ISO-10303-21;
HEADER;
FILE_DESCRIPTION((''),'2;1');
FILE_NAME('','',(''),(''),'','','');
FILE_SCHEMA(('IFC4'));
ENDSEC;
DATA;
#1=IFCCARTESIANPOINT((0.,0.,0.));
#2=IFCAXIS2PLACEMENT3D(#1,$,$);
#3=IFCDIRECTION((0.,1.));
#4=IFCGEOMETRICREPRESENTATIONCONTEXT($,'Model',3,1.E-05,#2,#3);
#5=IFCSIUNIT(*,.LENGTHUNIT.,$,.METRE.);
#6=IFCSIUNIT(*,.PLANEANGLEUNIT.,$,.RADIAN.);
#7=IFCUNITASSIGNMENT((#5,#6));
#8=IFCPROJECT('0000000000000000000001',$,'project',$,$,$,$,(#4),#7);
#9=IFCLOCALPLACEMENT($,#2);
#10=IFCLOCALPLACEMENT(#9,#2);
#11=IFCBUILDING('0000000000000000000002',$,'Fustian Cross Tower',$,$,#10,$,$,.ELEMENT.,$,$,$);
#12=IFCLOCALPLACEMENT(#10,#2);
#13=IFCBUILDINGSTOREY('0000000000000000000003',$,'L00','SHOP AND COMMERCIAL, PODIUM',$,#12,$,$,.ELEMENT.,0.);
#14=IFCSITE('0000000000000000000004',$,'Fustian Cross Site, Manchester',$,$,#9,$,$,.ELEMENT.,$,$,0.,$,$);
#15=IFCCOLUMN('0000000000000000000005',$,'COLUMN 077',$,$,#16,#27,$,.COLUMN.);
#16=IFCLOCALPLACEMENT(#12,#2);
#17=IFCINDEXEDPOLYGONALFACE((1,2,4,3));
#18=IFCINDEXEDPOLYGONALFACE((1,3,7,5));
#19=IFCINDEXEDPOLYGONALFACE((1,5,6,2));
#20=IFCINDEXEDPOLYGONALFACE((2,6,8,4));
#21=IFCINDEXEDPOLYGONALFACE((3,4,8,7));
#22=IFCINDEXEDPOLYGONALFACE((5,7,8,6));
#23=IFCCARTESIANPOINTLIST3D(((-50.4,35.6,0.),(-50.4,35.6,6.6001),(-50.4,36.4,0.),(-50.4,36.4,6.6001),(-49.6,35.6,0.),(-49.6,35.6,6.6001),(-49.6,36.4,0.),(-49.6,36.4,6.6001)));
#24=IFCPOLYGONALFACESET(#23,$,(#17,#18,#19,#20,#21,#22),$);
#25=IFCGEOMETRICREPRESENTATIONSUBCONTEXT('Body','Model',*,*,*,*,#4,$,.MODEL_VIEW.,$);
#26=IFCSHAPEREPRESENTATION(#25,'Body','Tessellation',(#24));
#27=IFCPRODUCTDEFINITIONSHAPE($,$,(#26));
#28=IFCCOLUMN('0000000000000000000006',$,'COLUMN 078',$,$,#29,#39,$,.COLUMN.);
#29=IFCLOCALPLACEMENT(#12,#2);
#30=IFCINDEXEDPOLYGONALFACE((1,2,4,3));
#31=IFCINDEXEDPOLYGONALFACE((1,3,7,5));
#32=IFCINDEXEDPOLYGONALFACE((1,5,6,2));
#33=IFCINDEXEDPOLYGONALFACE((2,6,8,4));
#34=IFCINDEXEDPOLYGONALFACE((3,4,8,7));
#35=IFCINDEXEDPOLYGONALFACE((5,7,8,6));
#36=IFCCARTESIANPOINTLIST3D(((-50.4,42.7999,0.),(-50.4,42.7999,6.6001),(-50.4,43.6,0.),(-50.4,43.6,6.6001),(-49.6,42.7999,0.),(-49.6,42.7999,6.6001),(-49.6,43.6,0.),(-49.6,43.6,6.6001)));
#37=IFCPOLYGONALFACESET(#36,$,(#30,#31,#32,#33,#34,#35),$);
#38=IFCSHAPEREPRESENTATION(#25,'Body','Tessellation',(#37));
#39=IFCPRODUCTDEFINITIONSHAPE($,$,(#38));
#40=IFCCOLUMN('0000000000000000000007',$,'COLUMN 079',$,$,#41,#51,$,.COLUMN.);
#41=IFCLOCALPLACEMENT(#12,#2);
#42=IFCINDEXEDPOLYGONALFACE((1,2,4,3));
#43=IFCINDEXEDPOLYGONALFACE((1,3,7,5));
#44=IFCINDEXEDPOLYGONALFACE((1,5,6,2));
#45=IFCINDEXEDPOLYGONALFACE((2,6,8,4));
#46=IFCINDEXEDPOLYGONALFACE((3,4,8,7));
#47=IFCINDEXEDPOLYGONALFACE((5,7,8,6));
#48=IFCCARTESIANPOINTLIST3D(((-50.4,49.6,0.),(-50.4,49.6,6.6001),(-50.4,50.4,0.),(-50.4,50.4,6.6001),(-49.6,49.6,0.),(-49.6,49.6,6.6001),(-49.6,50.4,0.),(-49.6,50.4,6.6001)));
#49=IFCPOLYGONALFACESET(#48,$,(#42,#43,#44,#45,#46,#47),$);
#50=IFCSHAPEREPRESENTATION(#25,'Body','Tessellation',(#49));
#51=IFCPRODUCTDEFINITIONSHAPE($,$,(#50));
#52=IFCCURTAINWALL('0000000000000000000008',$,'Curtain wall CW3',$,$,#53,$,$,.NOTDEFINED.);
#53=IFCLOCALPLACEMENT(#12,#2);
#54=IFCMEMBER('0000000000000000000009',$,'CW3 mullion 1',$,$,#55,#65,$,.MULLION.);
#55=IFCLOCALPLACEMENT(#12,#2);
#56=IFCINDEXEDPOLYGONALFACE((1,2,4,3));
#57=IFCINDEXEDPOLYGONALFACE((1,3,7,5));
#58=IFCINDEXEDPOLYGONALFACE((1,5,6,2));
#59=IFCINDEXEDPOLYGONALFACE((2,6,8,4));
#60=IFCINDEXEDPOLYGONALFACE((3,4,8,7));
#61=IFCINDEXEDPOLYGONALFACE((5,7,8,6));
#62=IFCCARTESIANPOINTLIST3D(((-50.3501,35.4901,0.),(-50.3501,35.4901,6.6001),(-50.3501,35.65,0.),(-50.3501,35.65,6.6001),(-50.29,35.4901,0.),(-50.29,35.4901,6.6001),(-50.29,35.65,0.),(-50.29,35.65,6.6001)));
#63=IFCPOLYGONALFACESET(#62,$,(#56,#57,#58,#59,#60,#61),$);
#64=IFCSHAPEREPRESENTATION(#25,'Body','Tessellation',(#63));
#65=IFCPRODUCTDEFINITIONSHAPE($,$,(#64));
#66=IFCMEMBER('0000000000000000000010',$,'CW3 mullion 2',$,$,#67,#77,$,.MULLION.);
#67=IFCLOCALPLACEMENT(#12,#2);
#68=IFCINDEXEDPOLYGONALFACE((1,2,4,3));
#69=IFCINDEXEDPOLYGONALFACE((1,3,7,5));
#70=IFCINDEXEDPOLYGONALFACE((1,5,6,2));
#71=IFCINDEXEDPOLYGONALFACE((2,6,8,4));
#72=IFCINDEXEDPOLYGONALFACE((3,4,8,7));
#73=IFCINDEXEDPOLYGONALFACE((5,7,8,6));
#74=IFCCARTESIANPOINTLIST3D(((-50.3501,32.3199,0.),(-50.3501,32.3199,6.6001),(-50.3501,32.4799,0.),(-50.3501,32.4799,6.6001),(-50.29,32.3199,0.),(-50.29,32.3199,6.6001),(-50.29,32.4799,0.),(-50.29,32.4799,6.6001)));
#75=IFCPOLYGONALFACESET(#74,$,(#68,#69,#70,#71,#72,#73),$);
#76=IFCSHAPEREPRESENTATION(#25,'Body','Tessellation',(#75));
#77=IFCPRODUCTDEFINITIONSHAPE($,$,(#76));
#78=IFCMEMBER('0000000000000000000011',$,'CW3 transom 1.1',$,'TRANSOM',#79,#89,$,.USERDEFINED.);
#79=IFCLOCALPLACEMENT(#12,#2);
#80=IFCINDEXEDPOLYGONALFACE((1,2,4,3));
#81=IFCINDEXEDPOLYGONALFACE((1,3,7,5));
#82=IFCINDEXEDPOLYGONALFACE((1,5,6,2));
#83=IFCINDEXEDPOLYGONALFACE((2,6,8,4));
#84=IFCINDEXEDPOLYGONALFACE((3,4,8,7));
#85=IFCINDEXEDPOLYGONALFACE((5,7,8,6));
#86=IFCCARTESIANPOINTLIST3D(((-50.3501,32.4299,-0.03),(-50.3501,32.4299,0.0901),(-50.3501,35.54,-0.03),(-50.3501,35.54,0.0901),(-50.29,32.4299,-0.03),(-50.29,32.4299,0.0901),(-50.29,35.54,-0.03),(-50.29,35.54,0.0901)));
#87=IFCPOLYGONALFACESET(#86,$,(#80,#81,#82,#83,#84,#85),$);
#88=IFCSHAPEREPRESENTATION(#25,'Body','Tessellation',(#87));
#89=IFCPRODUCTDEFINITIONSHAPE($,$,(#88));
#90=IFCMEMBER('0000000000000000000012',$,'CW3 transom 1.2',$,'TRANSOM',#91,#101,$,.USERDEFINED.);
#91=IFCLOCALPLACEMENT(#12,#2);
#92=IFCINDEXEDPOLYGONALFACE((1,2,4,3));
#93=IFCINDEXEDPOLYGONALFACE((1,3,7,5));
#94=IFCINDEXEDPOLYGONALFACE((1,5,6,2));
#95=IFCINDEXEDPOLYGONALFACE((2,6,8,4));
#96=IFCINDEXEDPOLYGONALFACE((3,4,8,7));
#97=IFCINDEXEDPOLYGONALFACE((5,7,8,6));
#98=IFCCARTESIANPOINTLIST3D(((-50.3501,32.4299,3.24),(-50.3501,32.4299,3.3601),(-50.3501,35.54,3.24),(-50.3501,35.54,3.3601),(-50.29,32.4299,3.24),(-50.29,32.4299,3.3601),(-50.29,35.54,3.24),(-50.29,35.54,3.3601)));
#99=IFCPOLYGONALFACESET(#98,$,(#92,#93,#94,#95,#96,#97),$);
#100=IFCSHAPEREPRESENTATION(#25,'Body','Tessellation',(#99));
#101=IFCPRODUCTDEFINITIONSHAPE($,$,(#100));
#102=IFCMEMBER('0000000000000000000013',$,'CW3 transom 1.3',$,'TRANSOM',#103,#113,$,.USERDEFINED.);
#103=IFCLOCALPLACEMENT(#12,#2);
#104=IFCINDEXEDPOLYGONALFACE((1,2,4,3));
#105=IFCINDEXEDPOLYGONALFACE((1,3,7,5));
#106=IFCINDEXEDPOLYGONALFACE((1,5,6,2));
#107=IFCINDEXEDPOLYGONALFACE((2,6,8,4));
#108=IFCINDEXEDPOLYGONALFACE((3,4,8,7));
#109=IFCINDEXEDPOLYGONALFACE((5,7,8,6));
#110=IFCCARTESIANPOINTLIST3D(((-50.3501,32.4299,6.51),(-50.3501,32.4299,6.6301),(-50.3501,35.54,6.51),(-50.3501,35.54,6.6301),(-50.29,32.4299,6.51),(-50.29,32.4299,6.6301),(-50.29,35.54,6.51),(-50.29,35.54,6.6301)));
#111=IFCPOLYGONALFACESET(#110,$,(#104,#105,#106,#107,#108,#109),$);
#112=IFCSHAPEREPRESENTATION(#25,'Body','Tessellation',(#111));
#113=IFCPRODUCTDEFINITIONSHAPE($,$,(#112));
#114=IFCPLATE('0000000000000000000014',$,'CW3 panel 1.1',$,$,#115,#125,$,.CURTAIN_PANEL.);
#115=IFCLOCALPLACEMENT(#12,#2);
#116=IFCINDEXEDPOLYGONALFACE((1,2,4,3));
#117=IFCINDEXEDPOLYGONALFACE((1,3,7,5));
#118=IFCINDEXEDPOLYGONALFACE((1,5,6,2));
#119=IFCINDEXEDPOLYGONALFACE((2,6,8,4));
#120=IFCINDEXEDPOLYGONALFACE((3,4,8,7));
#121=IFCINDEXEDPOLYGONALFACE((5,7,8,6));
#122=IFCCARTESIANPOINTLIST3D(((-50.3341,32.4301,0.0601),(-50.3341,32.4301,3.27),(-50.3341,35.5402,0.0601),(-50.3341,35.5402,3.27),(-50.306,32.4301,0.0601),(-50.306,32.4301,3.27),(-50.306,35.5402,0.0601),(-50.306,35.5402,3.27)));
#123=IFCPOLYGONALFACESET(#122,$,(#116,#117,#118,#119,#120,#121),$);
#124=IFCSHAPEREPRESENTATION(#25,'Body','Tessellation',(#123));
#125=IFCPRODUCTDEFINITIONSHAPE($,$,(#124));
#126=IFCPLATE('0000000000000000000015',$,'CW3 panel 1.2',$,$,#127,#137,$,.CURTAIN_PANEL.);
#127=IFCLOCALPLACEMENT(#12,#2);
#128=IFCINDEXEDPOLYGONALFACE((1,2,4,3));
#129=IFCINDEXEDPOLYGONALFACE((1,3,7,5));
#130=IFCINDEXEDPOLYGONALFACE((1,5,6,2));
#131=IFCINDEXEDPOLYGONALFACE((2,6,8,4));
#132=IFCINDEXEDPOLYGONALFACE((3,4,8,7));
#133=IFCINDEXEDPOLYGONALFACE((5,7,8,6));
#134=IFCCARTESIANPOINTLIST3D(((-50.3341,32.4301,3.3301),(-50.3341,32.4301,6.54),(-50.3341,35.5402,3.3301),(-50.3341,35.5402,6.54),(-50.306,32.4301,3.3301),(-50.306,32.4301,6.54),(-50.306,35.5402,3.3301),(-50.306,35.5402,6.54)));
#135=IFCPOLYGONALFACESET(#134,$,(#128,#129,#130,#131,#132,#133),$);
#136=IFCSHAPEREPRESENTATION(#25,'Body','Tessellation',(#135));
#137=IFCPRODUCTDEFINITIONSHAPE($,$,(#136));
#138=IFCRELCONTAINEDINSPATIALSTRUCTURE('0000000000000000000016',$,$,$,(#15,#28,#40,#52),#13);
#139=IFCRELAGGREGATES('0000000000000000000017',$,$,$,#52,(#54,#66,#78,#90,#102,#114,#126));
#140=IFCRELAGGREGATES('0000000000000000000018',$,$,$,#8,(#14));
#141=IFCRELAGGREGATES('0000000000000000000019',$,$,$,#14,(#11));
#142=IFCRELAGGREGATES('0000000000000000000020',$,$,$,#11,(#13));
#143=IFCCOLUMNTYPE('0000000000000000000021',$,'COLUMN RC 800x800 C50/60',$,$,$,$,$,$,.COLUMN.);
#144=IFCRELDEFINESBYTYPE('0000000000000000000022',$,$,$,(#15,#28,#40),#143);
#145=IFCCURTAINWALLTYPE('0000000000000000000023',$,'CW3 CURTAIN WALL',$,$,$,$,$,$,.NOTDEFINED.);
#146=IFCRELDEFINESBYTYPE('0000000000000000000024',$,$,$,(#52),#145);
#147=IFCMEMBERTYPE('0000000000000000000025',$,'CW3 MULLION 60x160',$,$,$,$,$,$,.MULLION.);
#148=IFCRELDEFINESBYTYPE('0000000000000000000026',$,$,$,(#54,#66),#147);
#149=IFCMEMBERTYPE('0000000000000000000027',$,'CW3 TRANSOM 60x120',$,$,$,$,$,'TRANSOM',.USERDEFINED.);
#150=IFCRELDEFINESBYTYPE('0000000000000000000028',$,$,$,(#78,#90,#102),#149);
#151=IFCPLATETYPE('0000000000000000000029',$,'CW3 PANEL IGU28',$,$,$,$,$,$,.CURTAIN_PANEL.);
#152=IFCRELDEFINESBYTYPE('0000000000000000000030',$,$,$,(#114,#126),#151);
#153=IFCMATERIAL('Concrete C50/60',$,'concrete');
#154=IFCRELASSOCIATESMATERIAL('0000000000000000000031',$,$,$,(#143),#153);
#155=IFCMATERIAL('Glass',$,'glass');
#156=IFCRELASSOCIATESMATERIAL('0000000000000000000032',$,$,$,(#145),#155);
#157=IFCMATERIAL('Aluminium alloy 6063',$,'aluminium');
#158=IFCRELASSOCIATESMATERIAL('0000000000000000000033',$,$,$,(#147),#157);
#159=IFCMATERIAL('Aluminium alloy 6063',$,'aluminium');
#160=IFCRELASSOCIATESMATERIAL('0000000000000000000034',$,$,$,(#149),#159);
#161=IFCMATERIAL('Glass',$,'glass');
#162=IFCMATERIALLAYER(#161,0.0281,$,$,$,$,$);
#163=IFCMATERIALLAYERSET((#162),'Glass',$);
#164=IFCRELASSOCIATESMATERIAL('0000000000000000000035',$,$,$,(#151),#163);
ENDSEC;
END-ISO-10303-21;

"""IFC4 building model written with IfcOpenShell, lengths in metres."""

from ifc_helpers import new_model, si_unit, direction, frame, origin, origin_2d, place, context, subcontext, project, spatial, rectangle, extrude, material, layer, layer_set, material_profile, profile_set, type_object, element, aggregate, save


model = new_model("IFC4")

# Units and contexts
model_context = context("Model", 3, precision=1e-05, world=origin(), true_north=direction((0.0, 1.0)))
body_context = subcontext(model_context, "Body", "Model", "MODEL_VIEW")
ifc_project = project(units=[si_unit("LENGTHUNIT", "METRE"), si_unit("PLANEANGLEUNIT", "RADIAN")], contexts=[model_context])

# Site, building, storey
site_placement = place(None, origin())
site = spatial("IfcSite", under=ifc_project, at=site_placement, Name="Fustian Cross Site, Manchester", CompositionType="ELEMENT", RefElevation=0.0)
building_placement = place(site_placement, origin())
building = spatial("IfcBuilding", under=site, at=building_placement, Name="Fustian Cross Tower", CompositionType="ELEMENT")
storey_placement = place(building_placement, origin())
storey = spatial("IfcBuildingStorey", under=building, at=storey_placement, Name="L00", Description="SHOP AND COMMERCIAL, PODIUM", CompositionType="ELEMENT", Elevation=0.0)

# Columns
ifc_material_1 = material(Name="Concrete C50/60", Category="concrete")
ifc_material_profile_1 = material_profile(ifc_material_1, rectangle(XDim=0.8, YDim=0.8, at=origin_2d()), Name="RC 800x800")
ifc_profile_set_1 = profile_set([ifc_material_profile_1], Name="Concrete C50/60")
column_type = type_object("IfcColumnType", Name="COLUMN RC 800x800 C50/60", PredefinedType="COLUMN", material=ifc_profile_set_1)
for number, where, z_axis, x_axis, name in (
    (1, (-50.0, 36.0, 0.0), (0.0, 0.0, 1.0), (1.0, 0.0, 0.0), "COLUMN 077"),
    (2, (-50.0, 43.2, 0.0), (0.0, 0.0, 1.0), (1.0, 0.0, 0.0), "COLUMN 078"),
    (3, (-50.0, 50.0, 0.0), (0.0, 0.0, 1.0), (1.0, 0.0, 0.0), "COLUMN 079"),
):
    element("IfcColumn", number, at=place(storey_placement, frame(where, z_axis=z_axis, x_axis=x_axis)), inside=storey, type_object=column_type, Name=name, PredefinedType="COLUMN", context=body_context, shape_type="SweptSolid", body=[
        extrude(rectangle(XDim=0.8, YDim=0.8, at=origin_2d()), origin(), (0.0, 0.0, 1.0), 6.6001),
    ])

# Curtain wall, members, plates
ifc_material_2 = material(Name="Glass", Category="glass")
curtain_wall_type = type_object("IfcCurtainWallType", Name="CW3 CURTAIN WALL", PredefinedType="NOTDEFINED", material=ifc_material_2)
curtain_wall_placement = place(storey_placement, origin())
curtain_wall = element("IfcCurtainWall", 4, at=curtain_wall_placement, inside=storey, type_object=curtain_wall_type, Name="Curtain wall CW3", PredefinedType="NOTDEFINED")
ifc_material_3 = material(Name="Aluminium alloy 6063", Category="aluminium")
ifc_material_profile_2 = material_profile(ifc_material_3, rectangle(XDim=0.0601, YDim=0.1599, at=origin_2d()), Name="CW3 MULLION 60x160")
ifc_profile_set_2 = profile_set([ifc_material_profile_2], Name="Aluminium alloy 6063")
member_type_1 = type_object("IfcMemberType", Name="CW3 MULLION 60x160", PredefinedType="MULLION", material=ifc_profile_set_2)
member_1_placement = place(storey_placement, frame((-50.3201, 35.5701, 0.0), z_axis=(0.0, 0.0, 1.0), x_axis=(1.0, 0.0, 0.0)))
member_1 = element("IfcMember", 5, at=member_1_placement, type_object=member_type_1, Name="CW3 mullion 1", PredefinedType="MULLION", context=body_context, shape_type="SweptSolid", body=[
    extrude(rectangle(XDim=0.0601, YDim=0.1599, at=origin_2d()), origin(), (0.0, 0.0, 1.0), 6.6001),
])
member_2_placement = place(storey_placement, frame((-50.3201, 32.3999, 0.0), z_axis=(0.0, 0.0, 1.0), x_axis=(1.0, 0.0, 0.0)))
member_2 = element("IfcMember", 6, at=member_2_placement, type_object=member_type_1, Name="CW3 mullion 2", PredefinedType="MULLION", context=body_context, shape_type="SweptSolid", body=[
    extrude(rectangle(XDim=0.0601, YDim=0.1599, at=origin_2d()), origin(), (0.0, 0.0, 1.0), 6.6001),
])
ifc_material_4 = material(Name="Aluminium alloy 6063", Category="aluminium")
ifc_material_profile_3 = material_profile(ifc_material_4, rectangle(XDim=0.0601, YDim=0.1201, at=origin_2d()), Name="CW3 TRANSOM 60x120")
ifc_profile_set_3 = profile_set([ifc_material_profile_3], Name="Aluminium alloy 6063")
member_type_2 = type_object("IfcMemberType", Name="CW3 TRANSOM 60x120", ElementType="TRANSOM", PredefinedType="USERDEFINED", material=ifc_profile_set_3)
member_3_placement = place(storey_placement, frame((-50.3201, 35.54, 0.03), z_axis=(0.0, -1.0, 0.0), x_axis=(1.0, 0.0, 0.0)))
member_3 = element("IfcMember", 7, at=member_3_placement, type_object=member_type_2, Name="CW3 transom 1.1", ObjectType="TRANSOM", PredefinedType="USERDEFINED", context=body_context, shape_type="SweptSolid", body=[
    extrude(rectangle(XDim=0.0601, YDim=0.1201, at=origin_2d()), origin(), (0.0, 0.0, 1.0), 3.1101),
])
member_4_placement = place(storey_placement, frame((-50.3201, 35.54, 3.3), z_axis=(0.0, -1.0, 0.0), x_axis=(1.0, 0.0, 0.0)))
member_4 = element("IfcMember", 8, at=member_4_placement, type_object=member_type_2, Name="CW3 transom 1.2", ObjectType="TRANSOM", PredefinedType="USERDEFINED", context=body_context, shape_type="SweptSolid", body=[
    extrude(rectangle(XDim=0.0601, YDim=0.1201, at=origin_2d()), origin(), (0.0, 0.0, 1.0), 3.1101),
])
member_5_placement = place(storey_placement, frame((-50.3201, 35.54, 6.5701), z_axis=(0.0, -1.0, 0.0), x_axis=(1.0, 0.0, 0.0)))
member_5 = element("IfcMember", 9, at=member_5_placement, type_object=member_type_2, Name="CW3 transom 1.3", ObjectType="TRANSOM", PredefinedType="USERDEFINED", context=body_context, shape_type="SweptSolid", body=[
    extrude(rectangle(XDim=0.0601, YDim=0.1201, at=origin_2d()), origin(), (0.0, 0.0, 1.0), 3.1101),
])
ifc_material_5 = material(Name="Glass", Category="glass")
ifc_layer_1 = layer(ifc_material_5, 0.0281)
ifc_layer_set_1 = layer_set([ifc_layer_1], Name="Glass")
plate_type = type_object("IfcPlateType", Name="CW3 PANEL IGU28", PredefinedType="CURTAIN_PANEL", material=ifc_layer_set_1)
plate_1_placement = place(storey_placement, frame((-50.3201, 33.9851, 0.0601), z_axis=(0.0, 0.0, 1.0), x_axis=(0.0, -1.0, 0.0)))
plate_1 = element("IfcPlate", 10, at=plate_1_placement, type_object=plate_type, Name="CW3 panel 1.1", PredefinedType="CURTAIN_PANEL", context=body_context, shape_type="SweptSolid", body=[
    extrude(rectangle(XDim=3.1101, YDim=0.0281, at=origin_2d()), origin(), (0.0, 0.0, 1.0), 3.21),
])
plate_2_placement = place(storey_placement, frame((-50.3201, 33.9851, 3.3301), z_axis=(0.0, 0.0, 1.0), x_axis=(0.0, -1.0, 0.0)))
plate_2 = element("IfcPlate", 11, at=plate_2_placement, type_object=plate_type, Name="CW3 panel 1.2", PredefinedType="CURTAIN_PANEL", context=body_context, shape_type="SweptSolid", body=[
    extrude(rectangle(XDim=3.1101, YDim=0.0281, at=origin_2d()), origin(), (0.0, 0.0, 1.0), 3.21),
])
aggregate(curtain_wall, [member_1, member_2, member_3, member_4, member_5, plate_1, plate_2])

save(model, "model.ifc")
